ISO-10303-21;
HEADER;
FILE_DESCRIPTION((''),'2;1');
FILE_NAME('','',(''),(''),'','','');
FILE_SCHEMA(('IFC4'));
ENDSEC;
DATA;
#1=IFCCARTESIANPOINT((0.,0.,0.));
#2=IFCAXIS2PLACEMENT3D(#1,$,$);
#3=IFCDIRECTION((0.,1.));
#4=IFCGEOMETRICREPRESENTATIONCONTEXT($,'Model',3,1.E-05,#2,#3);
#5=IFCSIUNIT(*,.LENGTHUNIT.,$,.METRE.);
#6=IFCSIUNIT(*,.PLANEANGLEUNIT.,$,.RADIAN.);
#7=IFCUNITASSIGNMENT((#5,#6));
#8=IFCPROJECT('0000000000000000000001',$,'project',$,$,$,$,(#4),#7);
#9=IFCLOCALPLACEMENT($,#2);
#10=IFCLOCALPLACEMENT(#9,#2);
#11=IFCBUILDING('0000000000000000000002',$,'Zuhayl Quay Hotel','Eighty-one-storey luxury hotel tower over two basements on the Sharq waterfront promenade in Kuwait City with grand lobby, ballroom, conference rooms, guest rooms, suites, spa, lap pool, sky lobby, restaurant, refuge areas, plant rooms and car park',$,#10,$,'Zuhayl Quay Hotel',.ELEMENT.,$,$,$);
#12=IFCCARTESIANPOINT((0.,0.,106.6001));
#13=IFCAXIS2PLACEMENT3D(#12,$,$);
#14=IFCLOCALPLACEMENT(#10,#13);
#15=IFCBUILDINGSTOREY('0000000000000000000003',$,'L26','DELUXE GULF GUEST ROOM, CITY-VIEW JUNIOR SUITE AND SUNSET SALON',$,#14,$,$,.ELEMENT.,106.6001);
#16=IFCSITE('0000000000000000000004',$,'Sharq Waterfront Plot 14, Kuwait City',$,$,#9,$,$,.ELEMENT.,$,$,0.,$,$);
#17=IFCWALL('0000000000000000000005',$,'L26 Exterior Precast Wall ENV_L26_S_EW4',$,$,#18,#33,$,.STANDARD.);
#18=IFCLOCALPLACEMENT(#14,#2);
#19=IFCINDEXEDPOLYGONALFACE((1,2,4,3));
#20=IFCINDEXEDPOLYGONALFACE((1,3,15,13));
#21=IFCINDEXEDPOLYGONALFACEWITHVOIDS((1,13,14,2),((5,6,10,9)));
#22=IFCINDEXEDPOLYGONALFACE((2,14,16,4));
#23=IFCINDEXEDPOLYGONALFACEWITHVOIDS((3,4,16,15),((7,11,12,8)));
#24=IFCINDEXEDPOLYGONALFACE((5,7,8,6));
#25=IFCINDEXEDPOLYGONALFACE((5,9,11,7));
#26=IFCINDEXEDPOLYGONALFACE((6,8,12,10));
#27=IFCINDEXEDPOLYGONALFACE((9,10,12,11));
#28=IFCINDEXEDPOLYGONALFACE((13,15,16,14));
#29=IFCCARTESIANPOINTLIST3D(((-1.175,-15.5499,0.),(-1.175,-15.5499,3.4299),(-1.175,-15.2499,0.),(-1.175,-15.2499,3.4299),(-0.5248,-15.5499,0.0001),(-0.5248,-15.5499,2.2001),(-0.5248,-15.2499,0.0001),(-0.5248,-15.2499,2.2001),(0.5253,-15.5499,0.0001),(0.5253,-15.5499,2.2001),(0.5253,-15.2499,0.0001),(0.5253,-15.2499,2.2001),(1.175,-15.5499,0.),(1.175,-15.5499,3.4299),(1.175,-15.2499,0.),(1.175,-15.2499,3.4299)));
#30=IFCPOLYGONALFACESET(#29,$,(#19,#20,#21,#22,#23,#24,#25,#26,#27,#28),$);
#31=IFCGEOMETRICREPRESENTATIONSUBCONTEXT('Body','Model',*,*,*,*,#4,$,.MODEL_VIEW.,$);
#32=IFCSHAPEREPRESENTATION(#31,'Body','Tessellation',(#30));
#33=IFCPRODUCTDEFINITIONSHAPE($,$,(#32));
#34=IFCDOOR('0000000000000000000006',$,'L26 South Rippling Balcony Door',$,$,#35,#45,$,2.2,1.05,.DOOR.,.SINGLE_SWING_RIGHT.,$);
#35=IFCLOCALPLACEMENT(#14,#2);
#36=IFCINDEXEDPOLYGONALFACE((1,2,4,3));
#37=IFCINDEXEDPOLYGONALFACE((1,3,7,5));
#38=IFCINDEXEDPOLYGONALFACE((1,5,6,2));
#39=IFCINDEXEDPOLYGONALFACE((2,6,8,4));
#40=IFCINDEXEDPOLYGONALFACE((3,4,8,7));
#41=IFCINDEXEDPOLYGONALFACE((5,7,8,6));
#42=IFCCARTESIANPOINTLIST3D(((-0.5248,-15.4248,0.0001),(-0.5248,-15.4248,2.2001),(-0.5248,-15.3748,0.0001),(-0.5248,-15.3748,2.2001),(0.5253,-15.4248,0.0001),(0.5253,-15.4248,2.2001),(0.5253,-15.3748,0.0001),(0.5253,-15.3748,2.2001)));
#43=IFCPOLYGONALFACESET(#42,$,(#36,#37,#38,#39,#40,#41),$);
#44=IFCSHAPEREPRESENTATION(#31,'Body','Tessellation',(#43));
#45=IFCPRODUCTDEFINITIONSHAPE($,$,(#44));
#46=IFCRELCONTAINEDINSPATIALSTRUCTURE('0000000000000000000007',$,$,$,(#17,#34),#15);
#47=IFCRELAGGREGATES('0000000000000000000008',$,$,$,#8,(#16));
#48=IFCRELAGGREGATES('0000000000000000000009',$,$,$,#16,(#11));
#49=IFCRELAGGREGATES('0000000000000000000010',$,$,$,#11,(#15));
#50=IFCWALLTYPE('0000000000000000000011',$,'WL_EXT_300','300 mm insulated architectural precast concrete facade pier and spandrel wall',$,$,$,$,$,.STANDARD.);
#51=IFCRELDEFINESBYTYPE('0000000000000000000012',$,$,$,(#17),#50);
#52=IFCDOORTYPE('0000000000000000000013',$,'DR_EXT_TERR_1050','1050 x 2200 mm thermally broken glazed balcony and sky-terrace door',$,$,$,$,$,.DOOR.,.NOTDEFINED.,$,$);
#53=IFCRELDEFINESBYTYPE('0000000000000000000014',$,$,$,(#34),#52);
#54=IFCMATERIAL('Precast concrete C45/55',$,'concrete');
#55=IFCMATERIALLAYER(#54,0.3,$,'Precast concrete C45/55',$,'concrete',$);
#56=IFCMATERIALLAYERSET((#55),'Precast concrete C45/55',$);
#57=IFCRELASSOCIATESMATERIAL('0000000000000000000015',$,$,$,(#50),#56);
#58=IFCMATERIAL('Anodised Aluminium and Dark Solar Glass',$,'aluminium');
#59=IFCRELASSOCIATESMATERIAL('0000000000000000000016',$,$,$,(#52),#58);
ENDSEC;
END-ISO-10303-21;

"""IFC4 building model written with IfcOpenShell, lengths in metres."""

from ifc_helpers import new_model, si_unit, direction, frame, frame_2d, origin, place, context, subcontext, project, spatial, rectangle, extrude, material, layer, layer_set, type_object, element, fill, save


model = new_model("IFC4")

# Units and contexts
model_context = context("Model", 3, precision=1e-05, world=origin(), true_north=direction((0.0, 1.0)))
body_context = subcontext(model_context, "Body", "Model", "MODEL_VIEW")
ifc_project = project(units=[si_unit("LENGTHUNIT", "METRE"), si_unit("PLANEANGLEUNIT", "RADIAN")], contexts=[model_context])

# Site, building, storey
site_placement = place(None, origin())
site = spatial("IfcSite", under=ifc_project, at=site_placement, Name="Sharq Waterfront Plot 14, Kuwait City", CompositionType="ELEMENT", RefElevation=0.0)
building_placement = place(site_placement, origin())
building = spatial("IfcBuilding", under=site, at=building_placement, Name="Zuhayl Quay Hotel", Description="Eighty-one-storey luxury hotel tower over two basements on the Sharq waterfront promenade in Kuwait City with grand lobby, ballroom, conference rooms, guest rooms, suites, spa, lap pool, sky lobby, restaurant, refuge areas, plant rooms and car park", LongName="Zuhayl Quay Hotel", CompositionType="ELEMENT")
storey_placement = place(building_placement, frame((0.0, 0.0, 106.6001)))
storey = spatial("IfcBuildingStorey", under=building, at=storey_placement, Name="L26", Description="DELUXE GULF GUEST ROOM, CITY-VIEW JUNIOR SUITE AND SUNSET SALON", CompositionType="ELEMENT", Elevation=106.6001)

# Wall, opening, door
ifc_material_1 = material(Name="Precast concrete C45/55", Category="concrete")
ifc_layer_1 = layer(ifc_material_1, 0.3, Name="Precast concrete C45/55", Category="concrete")
ifc_layer_set_1 = layer_set([ifc_layer_1], Name="Precast concrete C45/55")
wall_type = type_object("IfcWallType", Name="WL_EXT_300", Description="300 mm insulated architectural precast concrete facade pier and spandrel wall", PredefinedType="STANDARD", material=ifc_layer_set_1)
wall_placement = place(storey_placement, frame((1.175, -15.3999, 0.0), z_axis=(0.0, 0.0, 1.0), x_axis=(-1.0, 0.0, 0.0)))
wall = element("IfcWall", 1, at=wall_placement, inside=storey, type_object=wall_type, Name="L26 Exterior Precast Wall ENV_L26_S_EW4", PredefinedType="STANDARD", context=body_context, shape_type="SweptSolid", body=[
    extrude(rectangle(XDim=2.3501, YDim=0.3, at=frame_2d((1.175, 0.0))), origin(), (0.0, 0.0, 1.0), 3.4299),
])
opening_placement = place(wall_placement, frame((0.6499, 0.0, 0.0)))
opening = element("IfcOpeningElement", 2, at=opening_placement, cuts=wall, PredefinedType="OPENING", context=body_context, shape_type="SweptSolid", body=[
    extrude(rectangle(XDim=1.05, YDim=2.2, at=frame_2d((0.5249, 1.1001))), frame((0.0, 0.1599, 0.0), z_axis=(0.0, -1.0, 0.0), x_axis=(1.0, 0.0, 0.0)), (0.0, 0.0, 1.0), 0.3201),
])
ifc_material_2 = material(Name="Anodised Aluminium and Dark Solar Glass", Category="aluminium")
door_type = type_object("IfcDoorType", Name="DR_EXT_TERR_1050", Description="1050 x 2200 mm thermally broken glazed balcony and sky-terrace door", OperationType="NOTDEFINED", PredefinedType="DOOR", material=ifc_material_2)
door_placement = place(opening_placement, origin())
door = element("IfcDoor", 3, at=door_placement, inside=storey, type_object=door_type, Name="L26 South Rippling Balcony Door", OperationType="SINGLE_SWING_RIGHT", OverallHeight=2.2, OverallWidth=1.05, PredefinedType="DOOR", context=body_context, shape_type="SweptSolid", body=[
    extrude(rectangle(XDim=1.05, YDim=2.2, at=frame_2d((0.5249, 1.1001))), frame((0.0, 0.0249, 0.0), z_axis=(0.0, -1.0, 0.0), x_axis=(1.0, 0.0, 0.0)), (0.0, 0.0, 1.0), 0.05),
])
fill(opening, door)

save(model, "model.ifc")
